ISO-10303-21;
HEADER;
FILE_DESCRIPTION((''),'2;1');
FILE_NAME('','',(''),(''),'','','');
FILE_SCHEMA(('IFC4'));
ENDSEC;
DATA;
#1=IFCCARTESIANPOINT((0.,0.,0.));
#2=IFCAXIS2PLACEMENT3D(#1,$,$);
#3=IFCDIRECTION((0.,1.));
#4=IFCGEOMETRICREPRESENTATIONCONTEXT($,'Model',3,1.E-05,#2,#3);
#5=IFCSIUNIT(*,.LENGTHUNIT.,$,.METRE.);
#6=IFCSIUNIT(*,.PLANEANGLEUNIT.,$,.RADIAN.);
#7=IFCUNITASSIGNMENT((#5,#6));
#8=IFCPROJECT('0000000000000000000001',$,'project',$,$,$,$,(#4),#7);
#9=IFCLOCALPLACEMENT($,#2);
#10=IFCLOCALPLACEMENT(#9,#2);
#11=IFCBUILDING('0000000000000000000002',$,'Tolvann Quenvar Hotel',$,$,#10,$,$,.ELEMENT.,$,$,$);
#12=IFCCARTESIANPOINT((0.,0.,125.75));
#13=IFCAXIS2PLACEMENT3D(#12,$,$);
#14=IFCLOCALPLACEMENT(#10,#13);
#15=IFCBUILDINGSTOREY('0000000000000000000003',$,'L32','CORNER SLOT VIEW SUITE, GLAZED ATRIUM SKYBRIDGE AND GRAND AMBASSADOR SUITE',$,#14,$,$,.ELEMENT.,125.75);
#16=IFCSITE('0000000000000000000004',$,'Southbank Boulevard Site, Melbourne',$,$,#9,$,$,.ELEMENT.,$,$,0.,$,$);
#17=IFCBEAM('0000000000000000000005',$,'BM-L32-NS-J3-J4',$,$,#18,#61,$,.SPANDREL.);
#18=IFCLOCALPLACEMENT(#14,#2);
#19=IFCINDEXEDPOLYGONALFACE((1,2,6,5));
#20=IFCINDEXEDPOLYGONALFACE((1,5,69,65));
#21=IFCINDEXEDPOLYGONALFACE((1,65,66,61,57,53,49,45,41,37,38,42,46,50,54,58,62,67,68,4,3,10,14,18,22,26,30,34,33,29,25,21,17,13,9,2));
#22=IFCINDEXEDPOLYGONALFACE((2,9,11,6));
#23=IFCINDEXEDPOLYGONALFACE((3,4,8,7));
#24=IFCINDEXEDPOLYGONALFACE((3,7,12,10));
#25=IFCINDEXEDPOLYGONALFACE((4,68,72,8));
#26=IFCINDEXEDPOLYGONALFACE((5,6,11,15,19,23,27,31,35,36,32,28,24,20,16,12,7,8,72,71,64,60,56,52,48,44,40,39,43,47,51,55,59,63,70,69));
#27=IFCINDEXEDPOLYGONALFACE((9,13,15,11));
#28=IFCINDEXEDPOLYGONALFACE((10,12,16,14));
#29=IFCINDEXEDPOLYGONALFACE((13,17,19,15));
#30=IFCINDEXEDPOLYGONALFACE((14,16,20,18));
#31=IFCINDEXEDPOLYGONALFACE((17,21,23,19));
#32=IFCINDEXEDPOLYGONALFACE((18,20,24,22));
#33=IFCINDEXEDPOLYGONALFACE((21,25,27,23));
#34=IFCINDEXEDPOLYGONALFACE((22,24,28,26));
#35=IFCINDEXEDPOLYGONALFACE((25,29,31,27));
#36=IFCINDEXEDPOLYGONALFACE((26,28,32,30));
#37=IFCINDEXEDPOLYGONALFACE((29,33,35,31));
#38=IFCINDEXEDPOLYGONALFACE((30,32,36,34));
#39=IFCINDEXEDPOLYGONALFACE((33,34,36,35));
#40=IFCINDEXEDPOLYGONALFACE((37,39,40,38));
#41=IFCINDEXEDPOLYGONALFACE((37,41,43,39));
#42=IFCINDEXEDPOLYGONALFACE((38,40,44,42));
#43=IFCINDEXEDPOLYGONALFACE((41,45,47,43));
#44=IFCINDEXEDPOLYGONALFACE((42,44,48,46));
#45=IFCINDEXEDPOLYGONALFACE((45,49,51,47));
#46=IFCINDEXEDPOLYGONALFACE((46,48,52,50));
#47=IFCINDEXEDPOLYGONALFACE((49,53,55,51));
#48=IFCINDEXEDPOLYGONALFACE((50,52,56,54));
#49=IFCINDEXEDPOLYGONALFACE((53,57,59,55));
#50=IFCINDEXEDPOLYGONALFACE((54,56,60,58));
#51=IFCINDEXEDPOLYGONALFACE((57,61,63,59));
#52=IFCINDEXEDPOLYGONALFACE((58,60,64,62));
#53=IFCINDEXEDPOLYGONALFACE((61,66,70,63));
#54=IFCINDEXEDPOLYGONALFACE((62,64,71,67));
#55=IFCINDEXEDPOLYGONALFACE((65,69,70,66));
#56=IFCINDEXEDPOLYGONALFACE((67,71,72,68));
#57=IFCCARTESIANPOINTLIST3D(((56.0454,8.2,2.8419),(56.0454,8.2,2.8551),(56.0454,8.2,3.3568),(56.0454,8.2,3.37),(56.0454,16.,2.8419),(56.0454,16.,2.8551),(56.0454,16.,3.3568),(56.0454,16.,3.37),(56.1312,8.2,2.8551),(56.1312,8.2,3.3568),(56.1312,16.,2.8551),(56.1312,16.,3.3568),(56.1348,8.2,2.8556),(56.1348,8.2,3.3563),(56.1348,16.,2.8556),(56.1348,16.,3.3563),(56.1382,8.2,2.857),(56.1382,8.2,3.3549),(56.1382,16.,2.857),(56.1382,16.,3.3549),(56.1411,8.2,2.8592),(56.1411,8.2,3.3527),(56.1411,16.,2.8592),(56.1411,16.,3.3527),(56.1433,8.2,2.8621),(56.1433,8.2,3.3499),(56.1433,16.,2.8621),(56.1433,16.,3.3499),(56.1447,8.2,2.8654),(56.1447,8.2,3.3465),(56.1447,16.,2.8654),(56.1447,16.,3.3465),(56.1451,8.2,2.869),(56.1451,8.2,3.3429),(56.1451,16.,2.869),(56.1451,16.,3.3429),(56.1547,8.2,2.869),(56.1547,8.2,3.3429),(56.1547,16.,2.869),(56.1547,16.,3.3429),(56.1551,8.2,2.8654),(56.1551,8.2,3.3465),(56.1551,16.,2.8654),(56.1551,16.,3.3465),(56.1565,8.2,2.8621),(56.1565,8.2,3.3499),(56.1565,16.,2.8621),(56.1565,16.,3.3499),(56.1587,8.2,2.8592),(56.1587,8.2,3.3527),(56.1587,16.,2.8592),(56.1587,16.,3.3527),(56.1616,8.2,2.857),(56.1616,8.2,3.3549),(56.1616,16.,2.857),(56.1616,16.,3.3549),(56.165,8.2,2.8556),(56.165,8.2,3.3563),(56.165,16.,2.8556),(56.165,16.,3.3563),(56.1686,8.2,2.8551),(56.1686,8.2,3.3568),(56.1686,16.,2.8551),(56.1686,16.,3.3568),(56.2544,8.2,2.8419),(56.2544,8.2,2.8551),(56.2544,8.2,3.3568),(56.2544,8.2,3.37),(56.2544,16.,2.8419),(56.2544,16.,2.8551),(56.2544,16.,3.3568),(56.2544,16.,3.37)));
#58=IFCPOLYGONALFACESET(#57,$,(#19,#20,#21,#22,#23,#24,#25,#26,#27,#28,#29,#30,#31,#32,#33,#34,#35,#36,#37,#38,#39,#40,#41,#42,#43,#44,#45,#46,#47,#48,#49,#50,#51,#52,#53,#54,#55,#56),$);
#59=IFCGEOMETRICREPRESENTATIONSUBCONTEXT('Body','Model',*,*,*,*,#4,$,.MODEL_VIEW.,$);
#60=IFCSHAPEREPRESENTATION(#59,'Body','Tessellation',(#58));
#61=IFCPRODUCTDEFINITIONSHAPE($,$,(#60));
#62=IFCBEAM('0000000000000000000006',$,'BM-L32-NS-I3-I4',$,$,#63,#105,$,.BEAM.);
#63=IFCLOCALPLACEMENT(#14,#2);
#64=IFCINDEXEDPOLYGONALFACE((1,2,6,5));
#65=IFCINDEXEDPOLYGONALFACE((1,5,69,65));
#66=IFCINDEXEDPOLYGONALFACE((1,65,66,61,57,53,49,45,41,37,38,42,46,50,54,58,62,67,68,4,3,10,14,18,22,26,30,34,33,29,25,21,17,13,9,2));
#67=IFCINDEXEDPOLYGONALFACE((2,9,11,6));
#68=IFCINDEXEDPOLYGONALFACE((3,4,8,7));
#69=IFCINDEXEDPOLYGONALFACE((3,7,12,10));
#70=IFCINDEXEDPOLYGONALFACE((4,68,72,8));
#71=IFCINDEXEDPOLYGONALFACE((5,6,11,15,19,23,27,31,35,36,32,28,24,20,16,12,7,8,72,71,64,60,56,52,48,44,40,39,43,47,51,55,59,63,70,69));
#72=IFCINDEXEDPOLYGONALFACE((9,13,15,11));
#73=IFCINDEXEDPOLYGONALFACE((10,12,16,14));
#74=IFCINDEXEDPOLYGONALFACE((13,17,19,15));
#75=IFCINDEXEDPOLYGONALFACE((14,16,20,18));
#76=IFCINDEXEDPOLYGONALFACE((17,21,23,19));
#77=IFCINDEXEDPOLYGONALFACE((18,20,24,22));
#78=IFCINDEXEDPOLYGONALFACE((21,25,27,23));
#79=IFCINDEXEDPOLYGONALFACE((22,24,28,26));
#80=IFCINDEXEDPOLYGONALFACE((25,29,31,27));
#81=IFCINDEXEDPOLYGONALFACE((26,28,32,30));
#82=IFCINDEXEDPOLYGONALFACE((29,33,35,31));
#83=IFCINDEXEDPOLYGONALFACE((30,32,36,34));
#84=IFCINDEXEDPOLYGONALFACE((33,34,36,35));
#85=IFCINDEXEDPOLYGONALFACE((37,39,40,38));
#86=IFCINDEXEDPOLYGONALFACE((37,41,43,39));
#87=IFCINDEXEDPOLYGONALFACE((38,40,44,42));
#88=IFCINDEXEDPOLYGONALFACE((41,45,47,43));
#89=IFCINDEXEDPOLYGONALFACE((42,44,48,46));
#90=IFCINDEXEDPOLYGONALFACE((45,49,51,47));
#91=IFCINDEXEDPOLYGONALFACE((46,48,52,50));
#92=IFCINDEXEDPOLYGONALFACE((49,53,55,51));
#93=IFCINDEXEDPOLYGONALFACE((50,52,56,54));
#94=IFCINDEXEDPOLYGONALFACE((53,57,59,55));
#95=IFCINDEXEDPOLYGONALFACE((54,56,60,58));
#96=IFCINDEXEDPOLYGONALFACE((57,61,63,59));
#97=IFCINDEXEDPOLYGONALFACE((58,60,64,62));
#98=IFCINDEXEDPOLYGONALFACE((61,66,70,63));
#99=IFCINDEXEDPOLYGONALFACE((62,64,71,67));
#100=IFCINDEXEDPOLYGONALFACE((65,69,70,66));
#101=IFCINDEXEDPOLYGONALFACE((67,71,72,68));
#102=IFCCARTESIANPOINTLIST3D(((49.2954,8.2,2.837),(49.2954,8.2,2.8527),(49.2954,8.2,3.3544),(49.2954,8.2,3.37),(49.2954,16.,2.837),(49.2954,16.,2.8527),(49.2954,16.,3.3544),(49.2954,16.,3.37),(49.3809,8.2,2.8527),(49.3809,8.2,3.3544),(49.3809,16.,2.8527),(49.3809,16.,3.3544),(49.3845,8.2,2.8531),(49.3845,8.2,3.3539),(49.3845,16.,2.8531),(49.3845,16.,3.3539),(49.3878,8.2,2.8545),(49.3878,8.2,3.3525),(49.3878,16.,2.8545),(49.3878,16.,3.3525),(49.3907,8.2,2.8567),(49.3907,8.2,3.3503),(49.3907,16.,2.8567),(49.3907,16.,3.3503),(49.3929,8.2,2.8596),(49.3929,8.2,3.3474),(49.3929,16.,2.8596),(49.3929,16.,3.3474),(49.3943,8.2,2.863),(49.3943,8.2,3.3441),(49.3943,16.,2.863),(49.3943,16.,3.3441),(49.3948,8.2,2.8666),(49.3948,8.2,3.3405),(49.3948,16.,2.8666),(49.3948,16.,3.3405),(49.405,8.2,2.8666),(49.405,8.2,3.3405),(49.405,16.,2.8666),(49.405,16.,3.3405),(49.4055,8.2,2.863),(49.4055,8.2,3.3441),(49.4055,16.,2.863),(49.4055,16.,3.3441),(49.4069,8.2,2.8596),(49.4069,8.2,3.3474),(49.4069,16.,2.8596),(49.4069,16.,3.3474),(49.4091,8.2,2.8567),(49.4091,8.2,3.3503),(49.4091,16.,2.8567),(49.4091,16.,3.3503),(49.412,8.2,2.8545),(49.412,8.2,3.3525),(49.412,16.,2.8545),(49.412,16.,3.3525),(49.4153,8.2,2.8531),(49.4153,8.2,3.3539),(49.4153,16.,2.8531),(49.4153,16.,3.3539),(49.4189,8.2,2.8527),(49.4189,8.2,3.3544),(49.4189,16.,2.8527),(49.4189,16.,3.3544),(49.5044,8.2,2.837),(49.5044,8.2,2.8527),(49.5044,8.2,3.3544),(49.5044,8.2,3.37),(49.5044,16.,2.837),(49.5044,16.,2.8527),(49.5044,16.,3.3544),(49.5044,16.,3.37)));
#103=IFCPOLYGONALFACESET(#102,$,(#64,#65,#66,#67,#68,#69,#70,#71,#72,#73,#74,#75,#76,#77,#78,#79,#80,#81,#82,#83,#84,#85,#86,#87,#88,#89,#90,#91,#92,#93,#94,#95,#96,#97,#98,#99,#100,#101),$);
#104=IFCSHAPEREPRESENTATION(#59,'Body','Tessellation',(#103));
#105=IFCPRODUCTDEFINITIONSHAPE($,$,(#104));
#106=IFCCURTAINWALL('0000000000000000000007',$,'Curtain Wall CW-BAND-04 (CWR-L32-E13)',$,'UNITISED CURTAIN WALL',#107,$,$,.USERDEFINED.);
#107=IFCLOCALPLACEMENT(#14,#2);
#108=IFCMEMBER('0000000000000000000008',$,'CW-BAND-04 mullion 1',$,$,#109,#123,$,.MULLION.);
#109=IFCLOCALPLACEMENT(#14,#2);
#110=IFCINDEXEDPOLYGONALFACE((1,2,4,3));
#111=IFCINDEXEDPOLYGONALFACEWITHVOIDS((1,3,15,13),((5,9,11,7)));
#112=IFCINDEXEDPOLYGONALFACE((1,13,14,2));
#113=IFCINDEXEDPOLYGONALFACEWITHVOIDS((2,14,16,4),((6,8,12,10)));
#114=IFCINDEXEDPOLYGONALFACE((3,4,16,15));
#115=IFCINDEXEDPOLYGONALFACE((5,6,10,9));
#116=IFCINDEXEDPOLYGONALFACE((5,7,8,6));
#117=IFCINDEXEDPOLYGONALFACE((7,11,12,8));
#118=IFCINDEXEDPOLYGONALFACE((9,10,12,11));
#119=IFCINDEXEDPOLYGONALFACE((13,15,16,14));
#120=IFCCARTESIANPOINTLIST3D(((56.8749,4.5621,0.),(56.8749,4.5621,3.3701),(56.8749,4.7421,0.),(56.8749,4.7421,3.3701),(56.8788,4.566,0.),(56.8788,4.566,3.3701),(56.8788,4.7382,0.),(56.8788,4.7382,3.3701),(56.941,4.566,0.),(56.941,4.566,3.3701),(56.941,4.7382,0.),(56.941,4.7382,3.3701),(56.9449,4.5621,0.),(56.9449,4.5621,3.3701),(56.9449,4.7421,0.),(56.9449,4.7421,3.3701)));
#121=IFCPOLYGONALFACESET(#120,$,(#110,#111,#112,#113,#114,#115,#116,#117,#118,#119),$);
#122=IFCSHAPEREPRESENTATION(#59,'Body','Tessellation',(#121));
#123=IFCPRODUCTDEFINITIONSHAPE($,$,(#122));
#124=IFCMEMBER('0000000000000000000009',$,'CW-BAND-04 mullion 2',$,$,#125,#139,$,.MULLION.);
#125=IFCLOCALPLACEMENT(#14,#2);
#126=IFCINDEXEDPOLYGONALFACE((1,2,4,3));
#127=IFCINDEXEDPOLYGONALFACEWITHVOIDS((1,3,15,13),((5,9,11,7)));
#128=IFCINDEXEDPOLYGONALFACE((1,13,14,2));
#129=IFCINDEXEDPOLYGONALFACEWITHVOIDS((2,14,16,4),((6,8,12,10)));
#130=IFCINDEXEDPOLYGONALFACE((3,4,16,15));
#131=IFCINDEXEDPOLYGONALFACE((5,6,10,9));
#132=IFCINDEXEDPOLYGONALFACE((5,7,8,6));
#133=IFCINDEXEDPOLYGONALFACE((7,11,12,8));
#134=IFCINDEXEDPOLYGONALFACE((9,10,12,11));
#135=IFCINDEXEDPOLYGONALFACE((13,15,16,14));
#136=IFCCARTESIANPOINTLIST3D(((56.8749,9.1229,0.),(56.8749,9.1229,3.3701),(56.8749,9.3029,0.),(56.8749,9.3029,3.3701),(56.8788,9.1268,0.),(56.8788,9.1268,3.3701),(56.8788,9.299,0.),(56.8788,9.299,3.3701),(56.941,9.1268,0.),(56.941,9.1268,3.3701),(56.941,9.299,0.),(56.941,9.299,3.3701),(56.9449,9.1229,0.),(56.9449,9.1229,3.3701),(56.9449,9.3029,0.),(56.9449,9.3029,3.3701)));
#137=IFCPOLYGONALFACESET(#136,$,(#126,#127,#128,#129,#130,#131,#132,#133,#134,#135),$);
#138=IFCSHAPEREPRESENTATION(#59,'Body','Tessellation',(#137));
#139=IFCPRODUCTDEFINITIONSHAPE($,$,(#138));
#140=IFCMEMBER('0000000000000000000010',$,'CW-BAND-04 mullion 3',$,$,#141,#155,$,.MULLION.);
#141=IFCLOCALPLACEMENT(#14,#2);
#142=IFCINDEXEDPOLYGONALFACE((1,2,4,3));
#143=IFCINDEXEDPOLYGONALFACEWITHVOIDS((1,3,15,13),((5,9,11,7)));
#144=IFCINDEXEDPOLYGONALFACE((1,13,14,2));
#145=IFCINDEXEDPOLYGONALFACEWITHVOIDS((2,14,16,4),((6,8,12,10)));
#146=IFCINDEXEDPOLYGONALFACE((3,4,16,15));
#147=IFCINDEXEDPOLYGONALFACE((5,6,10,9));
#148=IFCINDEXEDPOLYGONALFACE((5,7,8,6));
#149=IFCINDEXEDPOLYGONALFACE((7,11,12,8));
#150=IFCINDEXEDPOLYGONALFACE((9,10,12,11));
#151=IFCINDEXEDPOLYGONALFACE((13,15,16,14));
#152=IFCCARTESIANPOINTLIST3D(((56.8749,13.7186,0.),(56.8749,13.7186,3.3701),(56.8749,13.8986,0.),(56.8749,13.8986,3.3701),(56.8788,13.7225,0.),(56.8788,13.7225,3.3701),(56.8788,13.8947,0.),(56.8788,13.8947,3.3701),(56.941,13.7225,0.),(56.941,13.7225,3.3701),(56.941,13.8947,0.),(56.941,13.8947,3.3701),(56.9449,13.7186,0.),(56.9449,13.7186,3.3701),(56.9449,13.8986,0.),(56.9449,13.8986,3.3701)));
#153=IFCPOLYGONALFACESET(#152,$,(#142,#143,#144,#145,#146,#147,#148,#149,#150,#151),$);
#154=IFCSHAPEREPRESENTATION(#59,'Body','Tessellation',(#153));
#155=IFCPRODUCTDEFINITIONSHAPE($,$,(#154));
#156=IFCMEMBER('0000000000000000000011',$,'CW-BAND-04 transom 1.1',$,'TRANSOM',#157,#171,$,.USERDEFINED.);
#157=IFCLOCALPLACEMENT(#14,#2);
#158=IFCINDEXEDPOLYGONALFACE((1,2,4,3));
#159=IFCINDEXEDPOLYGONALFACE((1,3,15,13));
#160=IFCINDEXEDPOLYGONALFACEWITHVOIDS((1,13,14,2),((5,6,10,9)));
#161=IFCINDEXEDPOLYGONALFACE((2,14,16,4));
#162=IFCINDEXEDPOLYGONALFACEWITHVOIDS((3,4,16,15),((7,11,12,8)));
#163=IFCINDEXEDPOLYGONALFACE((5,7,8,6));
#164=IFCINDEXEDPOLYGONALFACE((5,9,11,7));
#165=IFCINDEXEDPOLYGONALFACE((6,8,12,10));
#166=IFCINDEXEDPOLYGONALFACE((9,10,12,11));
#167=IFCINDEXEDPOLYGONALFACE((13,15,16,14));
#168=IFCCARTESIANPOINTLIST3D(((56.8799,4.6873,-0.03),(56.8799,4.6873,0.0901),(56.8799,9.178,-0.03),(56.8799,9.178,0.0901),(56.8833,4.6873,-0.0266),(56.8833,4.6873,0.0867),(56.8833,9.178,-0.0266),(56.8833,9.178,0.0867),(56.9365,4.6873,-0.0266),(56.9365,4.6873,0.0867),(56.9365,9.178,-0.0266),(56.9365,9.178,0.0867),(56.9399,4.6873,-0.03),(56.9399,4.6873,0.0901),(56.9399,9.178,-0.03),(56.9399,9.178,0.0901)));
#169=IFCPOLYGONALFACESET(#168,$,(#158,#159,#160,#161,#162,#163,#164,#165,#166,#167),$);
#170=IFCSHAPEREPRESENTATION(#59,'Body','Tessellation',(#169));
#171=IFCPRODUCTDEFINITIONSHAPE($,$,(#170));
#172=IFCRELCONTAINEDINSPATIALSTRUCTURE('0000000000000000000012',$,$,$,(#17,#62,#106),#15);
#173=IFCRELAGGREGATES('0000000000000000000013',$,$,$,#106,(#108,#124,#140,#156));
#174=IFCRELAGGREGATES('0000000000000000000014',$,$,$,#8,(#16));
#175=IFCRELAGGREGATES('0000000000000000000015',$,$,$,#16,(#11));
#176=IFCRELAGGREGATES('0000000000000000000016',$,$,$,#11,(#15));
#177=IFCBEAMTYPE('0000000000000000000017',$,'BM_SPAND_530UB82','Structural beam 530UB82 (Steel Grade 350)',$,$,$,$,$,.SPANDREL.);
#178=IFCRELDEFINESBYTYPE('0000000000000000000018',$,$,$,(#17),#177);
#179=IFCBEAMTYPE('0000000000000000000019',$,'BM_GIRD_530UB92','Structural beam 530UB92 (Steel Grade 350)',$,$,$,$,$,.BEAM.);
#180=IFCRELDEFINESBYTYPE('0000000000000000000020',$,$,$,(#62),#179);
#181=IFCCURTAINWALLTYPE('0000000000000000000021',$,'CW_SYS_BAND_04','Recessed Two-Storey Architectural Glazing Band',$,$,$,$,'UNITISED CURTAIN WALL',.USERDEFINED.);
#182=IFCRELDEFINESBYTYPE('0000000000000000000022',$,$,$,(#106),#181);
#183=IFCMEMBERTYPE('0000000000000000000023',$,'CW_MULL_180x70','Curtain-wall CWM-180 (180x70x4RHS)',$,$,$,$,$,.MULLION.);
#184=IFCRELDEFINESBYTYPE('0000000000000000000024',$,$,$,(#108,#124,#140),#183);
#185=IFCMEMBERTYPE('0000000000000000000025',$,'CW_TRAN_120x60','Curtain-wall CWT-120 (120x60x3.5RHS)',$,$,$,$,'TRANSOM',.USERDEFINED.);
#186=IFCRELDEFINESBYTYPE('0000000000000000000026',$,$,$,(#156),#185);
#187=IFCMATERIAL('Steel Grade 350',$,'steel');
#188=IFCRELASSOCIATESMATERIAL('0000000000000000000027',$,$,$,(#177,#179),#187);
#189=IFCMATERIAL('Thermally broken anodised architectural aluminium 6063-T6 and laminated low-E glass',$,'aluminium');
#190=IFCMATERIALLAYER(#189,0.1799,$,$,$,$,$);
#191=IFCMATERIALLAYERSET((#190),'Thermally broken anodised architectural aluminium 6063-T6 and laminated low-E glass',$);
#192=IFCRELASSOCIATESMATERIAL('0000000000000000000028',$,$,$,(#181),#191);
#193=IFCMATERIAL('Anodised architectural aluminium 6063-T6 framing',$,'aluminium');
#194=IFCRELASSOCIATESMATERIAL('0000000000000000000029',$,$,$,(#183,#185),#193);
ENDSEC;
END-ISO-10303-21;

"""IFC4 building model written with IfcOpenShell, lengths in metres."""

from ifc_helpers import new_model, si_unit, direction, frame, origin, origin_2d, place, context, subcontext, project, spatial, hollow_rectangle, i_section, extrude, source, transform, mapped, material, layer, layer_set, material_profile, profile_set, type_object, type_shapes, element, aggregate, save


model = new_model("IFC4")

# Units and contexts
model_context = context("Model", 3, precision=1e-05, world=origin(), true_north=direction((0.0, 1.0)))
body_context = subcontext(model_context, "Body", "Model", "MODEL_VIEW")
ifc_project = project(units=[si_unit("LENGTHUNIT", "METRE"), si_unit("PLANEANGLEUNIT", "RADIAN")], contexts=[model_context])

# Site, building, storey
site_placement = place(None, origin())
site = spatial("IfcSite", under=ifc_project, at=site_placement, Name="Southbank Boulevard Site, Melbourne", CompositionType="ELEMENT", RefElevation=0.0)
building_placement = place(site_placement, origin())
building = spatial("IfcBuilding", under=site, at=building_placement, Name="Tolvann Quenvar Hotel", CompositionType="ELEMENT")
storey_placement = place(building_placement, frame((0.0, 0.0, 125.75)))
storey = spatial("IfcBuildingStorey", under=building, at=storey_placement, Name="L32", Description="CORNER SLOT VIEW SUITE, GLAZED ATRIUM SKYBRIDGE AND GRAND AMBASSADOR SUITE", CompositionType="ELEMENT", Elevation=125.75)

# Shared definitions
ifc_material_1 = material(Name="Steel Grade 350", Category="steel")

# Beams
ifc_material_profile_1 = material_profile(ifc_material_1, i_section(OverallWidth=0.209, OverallDepth=0.5281, WebThickness=0.0095, FlangeThickness=0.0132, FilletRadius=0.0139, at=origin_2d()), Name="530UB82")
ifc_profile_set_1 = profile_set([ifc_material_profile_1], Name="Steel Grade 350")
beam_type_1 = type_object("IfcBeamType", Name="BM_SPAND_530UB82", Description="Structural beam 530UB82 (Steel Grade 350)", PredefinedType="SPANDREL", material=ifc_profile_set_1)
shared_shape_1 = source(origin(), body_context, "Body", "SweptSolid", [
    extrude(i_section(OverallWidth=0.209, OverallDepth=0.5281, WebThickness=0.0095, FlangeThickness=0.0132, FilletRadius=0.0139, at=origin_2d()), origin(), (0.0, 0.0, 1.0), 7.8),
])
beam_1_placement = place(storey_placement, frame((56.1499, 8.2, 3.106), z_axis=(0.0, 1.0, 0.0), x_axis=(-1.0, 0.0, 0.0)))
element("IfcBeam", 1, at=beam_1_placement, inside=storey, type_object=beam_type_1, Name="BM-L32-NS-J3-J4", PredefinedType="SPANDREL", context=body_context, shape_type="MappedRepresentation", body=[
    mapped(shared_shape_1, transform((0.0, 0.0, 0.0), x_axis=(1.0, 0.0, 0.0), y_axis=(0.0, 1.0, 0.0), z_axis=(0.0, 0.0, 1.0), scale=1.0)),
])
ifc_material_profile_2 = material_profile(ifc_material_1, i_section(OverallWidth=0.209, OverallDepth=0.533, WebThickness=0.0103, FlangeThickness=0.0156, FilletRadius=0.0139, at=origin_2d()), Name="530UB92")
ifc_profile_set_2 = profile_set([ifc_material_profile_2], Name="Steel Grade 350")
beam_type_2 = type_object("IfcBeamType", Name="BM_GIRD_530UB92", Description="Structural beam 530UB92 (Steel Grade 350)", PredefinedType="BEAM", material=ifc_profile_set_2)
shared_shape_2 = source(origin(), body_context, "Body", "SweptSolid", [
    extrude(i_section(OverallWidth=0.209, OverallDepth=0.533, WebThickness=0.0103, FlangeThickness=0.0156, FilletRadius=0.0139, at=origin_2d()), origin(), (0.0, 0.0, 1.0), 7.8),
])
type_shapes(beam_type_2, [shared_shape_2])
beam_2_placement = place(storey_placement, frame((49.3999, 8.2, 3.1035), z_axis=(0.0, 1.0, 0.0), x_axis=(-1.0, 0.0, 0.0)))
element("IfcBeam", 2, at=beam_2_placement, inside=storey, type_object=beam_type_2, Name="BM-L32-NS-I3-I4", PredefinedType="BEAM", context=body_context, shape_type="MappedRepresentation", body=[
    mapped(shared_shape_2, transform((0.0, 0.0, 0.0), x_axis=(1.0, 0.0, 0.0), y_axis=(0.0, 1.0, 0.0), z_axis=(0.0, 0.0, 1.0), scale=1.0)),
])

# Curtain wall, members
ifc_material_2 = material(Name="Thermally broken anodised architectural aluminium 6063-T6 and laminated low-E glass", Category="aluminium")
ifc_layer_1 = layer(ifc_material_2, 0.1799)
ifc_layer_set_1 = layer_set([ifc_layer_1], Name="Thermally broken anodised architectural aluminium 6063-T6 and laminated low-E glass")
curtain_wall_type = type_object("IfcCurtainWallType", Name="CW_SYS_BAND_04", Description="Recessed Two-Storey Architectural Glazing Band", ElementType="UNITISED CURTAIN WALL", PredefinedType="USERDEFINED", material=ifc_layer_set_1)
curtain_wall_placement = place(storey_placement, origin())
curtain_wall = element("IfcCurtainWall", 3, at=curtain_wall_placement, inside=storey, type_object=curtain_wall_type, Name="Curtain Wall CW-BAND-04 (CWR-L32-E13)", ObjectType="UNITISED CURTAIN WALL", PredefinedType="USERDEFINED")
ifc_material_3 = material(Name="Anodised architectural aluminium 6063-T6 framing", Category="aluminium")
ifc_material_profile_3 = material_profile(ifc_material_3, hollow_rectangle(XDim=0.0701, YDim=0.1799, WallThickness=0.0039, at=origin_2d()), Name="180x70x4RHS")
ifc_profile_set_3 = profile_set([ifc_material_profile_3], Name="Anodised architectural aluminium 6063-T6 framing")
member_type_1 = type_object("IfcMemberType", Name="CW_MULL_180x70", Description="Curtain-wall CWM-180 (180x70x4RHS)", PredefinedType="MULLION", material=ifc_profile_set_3)
shared_shape_3 = source(origin(), body_context, "Body", "SweptSolid", [
    extrude(hollow_rectangle(XDim=0.0701, YDim=0.1799, WallThickness=0.0039, at=origin_2d()), origin(), (0.0, 0.0, 1.0), 3.3701),
])
type_shapes(member_type_1, [shared_shape_3])
member_1_placement = place(storey_placement, frame((56.9099, 4.6521, 0.0), z_axis=(0.0, 0.0, 1.0), x_axis=(-1.0, 0.0, 0.0)))
member_1 = element("IfcMember", 4, at=member_1_placement, type_object=member_type_1, Name="CW-BAND-04 mullion 1", PredefinedType="MULLION", context=body_context, shape_type="MappedRepresentation", body=[
    mapped(shared_shape_3, transform((0.0, 0.0, 0.0), x_axis=(1.0, 0.0, 0.0), y_axis=(0.0, 1.0, 0.0), z_axis=(0.0, 0.0, 1.0), scale=1.0)),
])
member_2_placement = place(storey_placement, frame((56.9099, 9.2129, 0.0), z_axis=(0.0, 0.0, 1.0), x_axis=(-1.0, 0.0, 0.0)))
member_2 = element("IfcMember", 5, at=member_2_placement, type_object=member_type_1, Name="CW-BAND-04 mullion 2", PredefinedType="MULLION", context=body_context, shape_type="MappedRepresentation", body=[
    mapped(shared_shape_3, transform((0.0, 0.0, 0.0), x_axis=(1.0, 0.0, 0.0), y_axis=(0.0, 1.0, 0.0), z_axis=(0.0, 0.0, 1.0), scale=1.0)),
])
member_3_placement = place(storey_placement, frame((56.9099, 13.8086, 0.0), z_axis=(0.0, 0.0, 1.0), x_axis=(-1.0, 0.0, 0.0)))
member_3 = element("IfcMember", 6, at=member_3_placement, type_object=member_type_1, Name="CW-BAND-04 mullion 3", PredefinedType="MULLION", context=body_context, shape_type="MappedRepresentation", body=[
    mapped(shared_shape_3, transform((0.0, 0.0, 0.0), x_axis=(1.0, 0.0, 0.0), y_axis=(0.0, 1.0, 0.0), z_axis=(0.0, 0.0, 1.0), scale=1.0)),
])
ifc_material_profile_4 = material_profile(ifc_material_3, hollow_rectangle(XDim=0.0601, YDim=0.1201, WallThickness=0.0034, at=origin_2d()), Name="120x60x3.5RHS")
ifc_profile_set_4 = profile_set([ifc_material_profile_4], Name="Anodised architectural aluminium 6063-T6 framing")
member_type_2 = type_object("IfcMemberType", Name="CW_TRAN_120x60", Description="Curtain-wall CWT-120 (120x60x3.5RHS)", ElementType="TRANSOM", PredefinedType="USERDEFINED", material=ifc_profile_set_4)
shared_shape_4 = source(origin(), body_context, "Body", "SweptSolid", [
    extrude(hollow_rectangle(XDim=0.0601, YDim=0.1201, WallThickness=0.0034, at=origin_2d()), origin(), (0.0, 0.0, 1.0), 4.4907),
])
member_4_placement = place(storey_placement, frame((56.9099, 4.6873, 0.03), z_axis=(0.0, 1.0, 0.0), x_axis=(-1.0, 0.0, 0.0)))
member_4 = element("IfcMember", 7, at=member_4_placement, type_object=member_type_2, Name="CW-BAND-04 transom 1.1", ObjectType="TRANSOM", PredefinedType="USERDEFINED", context=body_context, shape_type="MappedRepresentation", body=[
    mapped(shared_shape_4, transform((0.0, 0.0, 0.0), x_axis=(1.0, 0.0, 0.0), y_axis=(0.0, 1.0, 0.0), z_axis=(0.0, 0.0, 1.0), scale=1.0)),
])
aggregate(curtain_wall, [member_1, member_2, member_3, member_4])

save(model, "model.ifc")
